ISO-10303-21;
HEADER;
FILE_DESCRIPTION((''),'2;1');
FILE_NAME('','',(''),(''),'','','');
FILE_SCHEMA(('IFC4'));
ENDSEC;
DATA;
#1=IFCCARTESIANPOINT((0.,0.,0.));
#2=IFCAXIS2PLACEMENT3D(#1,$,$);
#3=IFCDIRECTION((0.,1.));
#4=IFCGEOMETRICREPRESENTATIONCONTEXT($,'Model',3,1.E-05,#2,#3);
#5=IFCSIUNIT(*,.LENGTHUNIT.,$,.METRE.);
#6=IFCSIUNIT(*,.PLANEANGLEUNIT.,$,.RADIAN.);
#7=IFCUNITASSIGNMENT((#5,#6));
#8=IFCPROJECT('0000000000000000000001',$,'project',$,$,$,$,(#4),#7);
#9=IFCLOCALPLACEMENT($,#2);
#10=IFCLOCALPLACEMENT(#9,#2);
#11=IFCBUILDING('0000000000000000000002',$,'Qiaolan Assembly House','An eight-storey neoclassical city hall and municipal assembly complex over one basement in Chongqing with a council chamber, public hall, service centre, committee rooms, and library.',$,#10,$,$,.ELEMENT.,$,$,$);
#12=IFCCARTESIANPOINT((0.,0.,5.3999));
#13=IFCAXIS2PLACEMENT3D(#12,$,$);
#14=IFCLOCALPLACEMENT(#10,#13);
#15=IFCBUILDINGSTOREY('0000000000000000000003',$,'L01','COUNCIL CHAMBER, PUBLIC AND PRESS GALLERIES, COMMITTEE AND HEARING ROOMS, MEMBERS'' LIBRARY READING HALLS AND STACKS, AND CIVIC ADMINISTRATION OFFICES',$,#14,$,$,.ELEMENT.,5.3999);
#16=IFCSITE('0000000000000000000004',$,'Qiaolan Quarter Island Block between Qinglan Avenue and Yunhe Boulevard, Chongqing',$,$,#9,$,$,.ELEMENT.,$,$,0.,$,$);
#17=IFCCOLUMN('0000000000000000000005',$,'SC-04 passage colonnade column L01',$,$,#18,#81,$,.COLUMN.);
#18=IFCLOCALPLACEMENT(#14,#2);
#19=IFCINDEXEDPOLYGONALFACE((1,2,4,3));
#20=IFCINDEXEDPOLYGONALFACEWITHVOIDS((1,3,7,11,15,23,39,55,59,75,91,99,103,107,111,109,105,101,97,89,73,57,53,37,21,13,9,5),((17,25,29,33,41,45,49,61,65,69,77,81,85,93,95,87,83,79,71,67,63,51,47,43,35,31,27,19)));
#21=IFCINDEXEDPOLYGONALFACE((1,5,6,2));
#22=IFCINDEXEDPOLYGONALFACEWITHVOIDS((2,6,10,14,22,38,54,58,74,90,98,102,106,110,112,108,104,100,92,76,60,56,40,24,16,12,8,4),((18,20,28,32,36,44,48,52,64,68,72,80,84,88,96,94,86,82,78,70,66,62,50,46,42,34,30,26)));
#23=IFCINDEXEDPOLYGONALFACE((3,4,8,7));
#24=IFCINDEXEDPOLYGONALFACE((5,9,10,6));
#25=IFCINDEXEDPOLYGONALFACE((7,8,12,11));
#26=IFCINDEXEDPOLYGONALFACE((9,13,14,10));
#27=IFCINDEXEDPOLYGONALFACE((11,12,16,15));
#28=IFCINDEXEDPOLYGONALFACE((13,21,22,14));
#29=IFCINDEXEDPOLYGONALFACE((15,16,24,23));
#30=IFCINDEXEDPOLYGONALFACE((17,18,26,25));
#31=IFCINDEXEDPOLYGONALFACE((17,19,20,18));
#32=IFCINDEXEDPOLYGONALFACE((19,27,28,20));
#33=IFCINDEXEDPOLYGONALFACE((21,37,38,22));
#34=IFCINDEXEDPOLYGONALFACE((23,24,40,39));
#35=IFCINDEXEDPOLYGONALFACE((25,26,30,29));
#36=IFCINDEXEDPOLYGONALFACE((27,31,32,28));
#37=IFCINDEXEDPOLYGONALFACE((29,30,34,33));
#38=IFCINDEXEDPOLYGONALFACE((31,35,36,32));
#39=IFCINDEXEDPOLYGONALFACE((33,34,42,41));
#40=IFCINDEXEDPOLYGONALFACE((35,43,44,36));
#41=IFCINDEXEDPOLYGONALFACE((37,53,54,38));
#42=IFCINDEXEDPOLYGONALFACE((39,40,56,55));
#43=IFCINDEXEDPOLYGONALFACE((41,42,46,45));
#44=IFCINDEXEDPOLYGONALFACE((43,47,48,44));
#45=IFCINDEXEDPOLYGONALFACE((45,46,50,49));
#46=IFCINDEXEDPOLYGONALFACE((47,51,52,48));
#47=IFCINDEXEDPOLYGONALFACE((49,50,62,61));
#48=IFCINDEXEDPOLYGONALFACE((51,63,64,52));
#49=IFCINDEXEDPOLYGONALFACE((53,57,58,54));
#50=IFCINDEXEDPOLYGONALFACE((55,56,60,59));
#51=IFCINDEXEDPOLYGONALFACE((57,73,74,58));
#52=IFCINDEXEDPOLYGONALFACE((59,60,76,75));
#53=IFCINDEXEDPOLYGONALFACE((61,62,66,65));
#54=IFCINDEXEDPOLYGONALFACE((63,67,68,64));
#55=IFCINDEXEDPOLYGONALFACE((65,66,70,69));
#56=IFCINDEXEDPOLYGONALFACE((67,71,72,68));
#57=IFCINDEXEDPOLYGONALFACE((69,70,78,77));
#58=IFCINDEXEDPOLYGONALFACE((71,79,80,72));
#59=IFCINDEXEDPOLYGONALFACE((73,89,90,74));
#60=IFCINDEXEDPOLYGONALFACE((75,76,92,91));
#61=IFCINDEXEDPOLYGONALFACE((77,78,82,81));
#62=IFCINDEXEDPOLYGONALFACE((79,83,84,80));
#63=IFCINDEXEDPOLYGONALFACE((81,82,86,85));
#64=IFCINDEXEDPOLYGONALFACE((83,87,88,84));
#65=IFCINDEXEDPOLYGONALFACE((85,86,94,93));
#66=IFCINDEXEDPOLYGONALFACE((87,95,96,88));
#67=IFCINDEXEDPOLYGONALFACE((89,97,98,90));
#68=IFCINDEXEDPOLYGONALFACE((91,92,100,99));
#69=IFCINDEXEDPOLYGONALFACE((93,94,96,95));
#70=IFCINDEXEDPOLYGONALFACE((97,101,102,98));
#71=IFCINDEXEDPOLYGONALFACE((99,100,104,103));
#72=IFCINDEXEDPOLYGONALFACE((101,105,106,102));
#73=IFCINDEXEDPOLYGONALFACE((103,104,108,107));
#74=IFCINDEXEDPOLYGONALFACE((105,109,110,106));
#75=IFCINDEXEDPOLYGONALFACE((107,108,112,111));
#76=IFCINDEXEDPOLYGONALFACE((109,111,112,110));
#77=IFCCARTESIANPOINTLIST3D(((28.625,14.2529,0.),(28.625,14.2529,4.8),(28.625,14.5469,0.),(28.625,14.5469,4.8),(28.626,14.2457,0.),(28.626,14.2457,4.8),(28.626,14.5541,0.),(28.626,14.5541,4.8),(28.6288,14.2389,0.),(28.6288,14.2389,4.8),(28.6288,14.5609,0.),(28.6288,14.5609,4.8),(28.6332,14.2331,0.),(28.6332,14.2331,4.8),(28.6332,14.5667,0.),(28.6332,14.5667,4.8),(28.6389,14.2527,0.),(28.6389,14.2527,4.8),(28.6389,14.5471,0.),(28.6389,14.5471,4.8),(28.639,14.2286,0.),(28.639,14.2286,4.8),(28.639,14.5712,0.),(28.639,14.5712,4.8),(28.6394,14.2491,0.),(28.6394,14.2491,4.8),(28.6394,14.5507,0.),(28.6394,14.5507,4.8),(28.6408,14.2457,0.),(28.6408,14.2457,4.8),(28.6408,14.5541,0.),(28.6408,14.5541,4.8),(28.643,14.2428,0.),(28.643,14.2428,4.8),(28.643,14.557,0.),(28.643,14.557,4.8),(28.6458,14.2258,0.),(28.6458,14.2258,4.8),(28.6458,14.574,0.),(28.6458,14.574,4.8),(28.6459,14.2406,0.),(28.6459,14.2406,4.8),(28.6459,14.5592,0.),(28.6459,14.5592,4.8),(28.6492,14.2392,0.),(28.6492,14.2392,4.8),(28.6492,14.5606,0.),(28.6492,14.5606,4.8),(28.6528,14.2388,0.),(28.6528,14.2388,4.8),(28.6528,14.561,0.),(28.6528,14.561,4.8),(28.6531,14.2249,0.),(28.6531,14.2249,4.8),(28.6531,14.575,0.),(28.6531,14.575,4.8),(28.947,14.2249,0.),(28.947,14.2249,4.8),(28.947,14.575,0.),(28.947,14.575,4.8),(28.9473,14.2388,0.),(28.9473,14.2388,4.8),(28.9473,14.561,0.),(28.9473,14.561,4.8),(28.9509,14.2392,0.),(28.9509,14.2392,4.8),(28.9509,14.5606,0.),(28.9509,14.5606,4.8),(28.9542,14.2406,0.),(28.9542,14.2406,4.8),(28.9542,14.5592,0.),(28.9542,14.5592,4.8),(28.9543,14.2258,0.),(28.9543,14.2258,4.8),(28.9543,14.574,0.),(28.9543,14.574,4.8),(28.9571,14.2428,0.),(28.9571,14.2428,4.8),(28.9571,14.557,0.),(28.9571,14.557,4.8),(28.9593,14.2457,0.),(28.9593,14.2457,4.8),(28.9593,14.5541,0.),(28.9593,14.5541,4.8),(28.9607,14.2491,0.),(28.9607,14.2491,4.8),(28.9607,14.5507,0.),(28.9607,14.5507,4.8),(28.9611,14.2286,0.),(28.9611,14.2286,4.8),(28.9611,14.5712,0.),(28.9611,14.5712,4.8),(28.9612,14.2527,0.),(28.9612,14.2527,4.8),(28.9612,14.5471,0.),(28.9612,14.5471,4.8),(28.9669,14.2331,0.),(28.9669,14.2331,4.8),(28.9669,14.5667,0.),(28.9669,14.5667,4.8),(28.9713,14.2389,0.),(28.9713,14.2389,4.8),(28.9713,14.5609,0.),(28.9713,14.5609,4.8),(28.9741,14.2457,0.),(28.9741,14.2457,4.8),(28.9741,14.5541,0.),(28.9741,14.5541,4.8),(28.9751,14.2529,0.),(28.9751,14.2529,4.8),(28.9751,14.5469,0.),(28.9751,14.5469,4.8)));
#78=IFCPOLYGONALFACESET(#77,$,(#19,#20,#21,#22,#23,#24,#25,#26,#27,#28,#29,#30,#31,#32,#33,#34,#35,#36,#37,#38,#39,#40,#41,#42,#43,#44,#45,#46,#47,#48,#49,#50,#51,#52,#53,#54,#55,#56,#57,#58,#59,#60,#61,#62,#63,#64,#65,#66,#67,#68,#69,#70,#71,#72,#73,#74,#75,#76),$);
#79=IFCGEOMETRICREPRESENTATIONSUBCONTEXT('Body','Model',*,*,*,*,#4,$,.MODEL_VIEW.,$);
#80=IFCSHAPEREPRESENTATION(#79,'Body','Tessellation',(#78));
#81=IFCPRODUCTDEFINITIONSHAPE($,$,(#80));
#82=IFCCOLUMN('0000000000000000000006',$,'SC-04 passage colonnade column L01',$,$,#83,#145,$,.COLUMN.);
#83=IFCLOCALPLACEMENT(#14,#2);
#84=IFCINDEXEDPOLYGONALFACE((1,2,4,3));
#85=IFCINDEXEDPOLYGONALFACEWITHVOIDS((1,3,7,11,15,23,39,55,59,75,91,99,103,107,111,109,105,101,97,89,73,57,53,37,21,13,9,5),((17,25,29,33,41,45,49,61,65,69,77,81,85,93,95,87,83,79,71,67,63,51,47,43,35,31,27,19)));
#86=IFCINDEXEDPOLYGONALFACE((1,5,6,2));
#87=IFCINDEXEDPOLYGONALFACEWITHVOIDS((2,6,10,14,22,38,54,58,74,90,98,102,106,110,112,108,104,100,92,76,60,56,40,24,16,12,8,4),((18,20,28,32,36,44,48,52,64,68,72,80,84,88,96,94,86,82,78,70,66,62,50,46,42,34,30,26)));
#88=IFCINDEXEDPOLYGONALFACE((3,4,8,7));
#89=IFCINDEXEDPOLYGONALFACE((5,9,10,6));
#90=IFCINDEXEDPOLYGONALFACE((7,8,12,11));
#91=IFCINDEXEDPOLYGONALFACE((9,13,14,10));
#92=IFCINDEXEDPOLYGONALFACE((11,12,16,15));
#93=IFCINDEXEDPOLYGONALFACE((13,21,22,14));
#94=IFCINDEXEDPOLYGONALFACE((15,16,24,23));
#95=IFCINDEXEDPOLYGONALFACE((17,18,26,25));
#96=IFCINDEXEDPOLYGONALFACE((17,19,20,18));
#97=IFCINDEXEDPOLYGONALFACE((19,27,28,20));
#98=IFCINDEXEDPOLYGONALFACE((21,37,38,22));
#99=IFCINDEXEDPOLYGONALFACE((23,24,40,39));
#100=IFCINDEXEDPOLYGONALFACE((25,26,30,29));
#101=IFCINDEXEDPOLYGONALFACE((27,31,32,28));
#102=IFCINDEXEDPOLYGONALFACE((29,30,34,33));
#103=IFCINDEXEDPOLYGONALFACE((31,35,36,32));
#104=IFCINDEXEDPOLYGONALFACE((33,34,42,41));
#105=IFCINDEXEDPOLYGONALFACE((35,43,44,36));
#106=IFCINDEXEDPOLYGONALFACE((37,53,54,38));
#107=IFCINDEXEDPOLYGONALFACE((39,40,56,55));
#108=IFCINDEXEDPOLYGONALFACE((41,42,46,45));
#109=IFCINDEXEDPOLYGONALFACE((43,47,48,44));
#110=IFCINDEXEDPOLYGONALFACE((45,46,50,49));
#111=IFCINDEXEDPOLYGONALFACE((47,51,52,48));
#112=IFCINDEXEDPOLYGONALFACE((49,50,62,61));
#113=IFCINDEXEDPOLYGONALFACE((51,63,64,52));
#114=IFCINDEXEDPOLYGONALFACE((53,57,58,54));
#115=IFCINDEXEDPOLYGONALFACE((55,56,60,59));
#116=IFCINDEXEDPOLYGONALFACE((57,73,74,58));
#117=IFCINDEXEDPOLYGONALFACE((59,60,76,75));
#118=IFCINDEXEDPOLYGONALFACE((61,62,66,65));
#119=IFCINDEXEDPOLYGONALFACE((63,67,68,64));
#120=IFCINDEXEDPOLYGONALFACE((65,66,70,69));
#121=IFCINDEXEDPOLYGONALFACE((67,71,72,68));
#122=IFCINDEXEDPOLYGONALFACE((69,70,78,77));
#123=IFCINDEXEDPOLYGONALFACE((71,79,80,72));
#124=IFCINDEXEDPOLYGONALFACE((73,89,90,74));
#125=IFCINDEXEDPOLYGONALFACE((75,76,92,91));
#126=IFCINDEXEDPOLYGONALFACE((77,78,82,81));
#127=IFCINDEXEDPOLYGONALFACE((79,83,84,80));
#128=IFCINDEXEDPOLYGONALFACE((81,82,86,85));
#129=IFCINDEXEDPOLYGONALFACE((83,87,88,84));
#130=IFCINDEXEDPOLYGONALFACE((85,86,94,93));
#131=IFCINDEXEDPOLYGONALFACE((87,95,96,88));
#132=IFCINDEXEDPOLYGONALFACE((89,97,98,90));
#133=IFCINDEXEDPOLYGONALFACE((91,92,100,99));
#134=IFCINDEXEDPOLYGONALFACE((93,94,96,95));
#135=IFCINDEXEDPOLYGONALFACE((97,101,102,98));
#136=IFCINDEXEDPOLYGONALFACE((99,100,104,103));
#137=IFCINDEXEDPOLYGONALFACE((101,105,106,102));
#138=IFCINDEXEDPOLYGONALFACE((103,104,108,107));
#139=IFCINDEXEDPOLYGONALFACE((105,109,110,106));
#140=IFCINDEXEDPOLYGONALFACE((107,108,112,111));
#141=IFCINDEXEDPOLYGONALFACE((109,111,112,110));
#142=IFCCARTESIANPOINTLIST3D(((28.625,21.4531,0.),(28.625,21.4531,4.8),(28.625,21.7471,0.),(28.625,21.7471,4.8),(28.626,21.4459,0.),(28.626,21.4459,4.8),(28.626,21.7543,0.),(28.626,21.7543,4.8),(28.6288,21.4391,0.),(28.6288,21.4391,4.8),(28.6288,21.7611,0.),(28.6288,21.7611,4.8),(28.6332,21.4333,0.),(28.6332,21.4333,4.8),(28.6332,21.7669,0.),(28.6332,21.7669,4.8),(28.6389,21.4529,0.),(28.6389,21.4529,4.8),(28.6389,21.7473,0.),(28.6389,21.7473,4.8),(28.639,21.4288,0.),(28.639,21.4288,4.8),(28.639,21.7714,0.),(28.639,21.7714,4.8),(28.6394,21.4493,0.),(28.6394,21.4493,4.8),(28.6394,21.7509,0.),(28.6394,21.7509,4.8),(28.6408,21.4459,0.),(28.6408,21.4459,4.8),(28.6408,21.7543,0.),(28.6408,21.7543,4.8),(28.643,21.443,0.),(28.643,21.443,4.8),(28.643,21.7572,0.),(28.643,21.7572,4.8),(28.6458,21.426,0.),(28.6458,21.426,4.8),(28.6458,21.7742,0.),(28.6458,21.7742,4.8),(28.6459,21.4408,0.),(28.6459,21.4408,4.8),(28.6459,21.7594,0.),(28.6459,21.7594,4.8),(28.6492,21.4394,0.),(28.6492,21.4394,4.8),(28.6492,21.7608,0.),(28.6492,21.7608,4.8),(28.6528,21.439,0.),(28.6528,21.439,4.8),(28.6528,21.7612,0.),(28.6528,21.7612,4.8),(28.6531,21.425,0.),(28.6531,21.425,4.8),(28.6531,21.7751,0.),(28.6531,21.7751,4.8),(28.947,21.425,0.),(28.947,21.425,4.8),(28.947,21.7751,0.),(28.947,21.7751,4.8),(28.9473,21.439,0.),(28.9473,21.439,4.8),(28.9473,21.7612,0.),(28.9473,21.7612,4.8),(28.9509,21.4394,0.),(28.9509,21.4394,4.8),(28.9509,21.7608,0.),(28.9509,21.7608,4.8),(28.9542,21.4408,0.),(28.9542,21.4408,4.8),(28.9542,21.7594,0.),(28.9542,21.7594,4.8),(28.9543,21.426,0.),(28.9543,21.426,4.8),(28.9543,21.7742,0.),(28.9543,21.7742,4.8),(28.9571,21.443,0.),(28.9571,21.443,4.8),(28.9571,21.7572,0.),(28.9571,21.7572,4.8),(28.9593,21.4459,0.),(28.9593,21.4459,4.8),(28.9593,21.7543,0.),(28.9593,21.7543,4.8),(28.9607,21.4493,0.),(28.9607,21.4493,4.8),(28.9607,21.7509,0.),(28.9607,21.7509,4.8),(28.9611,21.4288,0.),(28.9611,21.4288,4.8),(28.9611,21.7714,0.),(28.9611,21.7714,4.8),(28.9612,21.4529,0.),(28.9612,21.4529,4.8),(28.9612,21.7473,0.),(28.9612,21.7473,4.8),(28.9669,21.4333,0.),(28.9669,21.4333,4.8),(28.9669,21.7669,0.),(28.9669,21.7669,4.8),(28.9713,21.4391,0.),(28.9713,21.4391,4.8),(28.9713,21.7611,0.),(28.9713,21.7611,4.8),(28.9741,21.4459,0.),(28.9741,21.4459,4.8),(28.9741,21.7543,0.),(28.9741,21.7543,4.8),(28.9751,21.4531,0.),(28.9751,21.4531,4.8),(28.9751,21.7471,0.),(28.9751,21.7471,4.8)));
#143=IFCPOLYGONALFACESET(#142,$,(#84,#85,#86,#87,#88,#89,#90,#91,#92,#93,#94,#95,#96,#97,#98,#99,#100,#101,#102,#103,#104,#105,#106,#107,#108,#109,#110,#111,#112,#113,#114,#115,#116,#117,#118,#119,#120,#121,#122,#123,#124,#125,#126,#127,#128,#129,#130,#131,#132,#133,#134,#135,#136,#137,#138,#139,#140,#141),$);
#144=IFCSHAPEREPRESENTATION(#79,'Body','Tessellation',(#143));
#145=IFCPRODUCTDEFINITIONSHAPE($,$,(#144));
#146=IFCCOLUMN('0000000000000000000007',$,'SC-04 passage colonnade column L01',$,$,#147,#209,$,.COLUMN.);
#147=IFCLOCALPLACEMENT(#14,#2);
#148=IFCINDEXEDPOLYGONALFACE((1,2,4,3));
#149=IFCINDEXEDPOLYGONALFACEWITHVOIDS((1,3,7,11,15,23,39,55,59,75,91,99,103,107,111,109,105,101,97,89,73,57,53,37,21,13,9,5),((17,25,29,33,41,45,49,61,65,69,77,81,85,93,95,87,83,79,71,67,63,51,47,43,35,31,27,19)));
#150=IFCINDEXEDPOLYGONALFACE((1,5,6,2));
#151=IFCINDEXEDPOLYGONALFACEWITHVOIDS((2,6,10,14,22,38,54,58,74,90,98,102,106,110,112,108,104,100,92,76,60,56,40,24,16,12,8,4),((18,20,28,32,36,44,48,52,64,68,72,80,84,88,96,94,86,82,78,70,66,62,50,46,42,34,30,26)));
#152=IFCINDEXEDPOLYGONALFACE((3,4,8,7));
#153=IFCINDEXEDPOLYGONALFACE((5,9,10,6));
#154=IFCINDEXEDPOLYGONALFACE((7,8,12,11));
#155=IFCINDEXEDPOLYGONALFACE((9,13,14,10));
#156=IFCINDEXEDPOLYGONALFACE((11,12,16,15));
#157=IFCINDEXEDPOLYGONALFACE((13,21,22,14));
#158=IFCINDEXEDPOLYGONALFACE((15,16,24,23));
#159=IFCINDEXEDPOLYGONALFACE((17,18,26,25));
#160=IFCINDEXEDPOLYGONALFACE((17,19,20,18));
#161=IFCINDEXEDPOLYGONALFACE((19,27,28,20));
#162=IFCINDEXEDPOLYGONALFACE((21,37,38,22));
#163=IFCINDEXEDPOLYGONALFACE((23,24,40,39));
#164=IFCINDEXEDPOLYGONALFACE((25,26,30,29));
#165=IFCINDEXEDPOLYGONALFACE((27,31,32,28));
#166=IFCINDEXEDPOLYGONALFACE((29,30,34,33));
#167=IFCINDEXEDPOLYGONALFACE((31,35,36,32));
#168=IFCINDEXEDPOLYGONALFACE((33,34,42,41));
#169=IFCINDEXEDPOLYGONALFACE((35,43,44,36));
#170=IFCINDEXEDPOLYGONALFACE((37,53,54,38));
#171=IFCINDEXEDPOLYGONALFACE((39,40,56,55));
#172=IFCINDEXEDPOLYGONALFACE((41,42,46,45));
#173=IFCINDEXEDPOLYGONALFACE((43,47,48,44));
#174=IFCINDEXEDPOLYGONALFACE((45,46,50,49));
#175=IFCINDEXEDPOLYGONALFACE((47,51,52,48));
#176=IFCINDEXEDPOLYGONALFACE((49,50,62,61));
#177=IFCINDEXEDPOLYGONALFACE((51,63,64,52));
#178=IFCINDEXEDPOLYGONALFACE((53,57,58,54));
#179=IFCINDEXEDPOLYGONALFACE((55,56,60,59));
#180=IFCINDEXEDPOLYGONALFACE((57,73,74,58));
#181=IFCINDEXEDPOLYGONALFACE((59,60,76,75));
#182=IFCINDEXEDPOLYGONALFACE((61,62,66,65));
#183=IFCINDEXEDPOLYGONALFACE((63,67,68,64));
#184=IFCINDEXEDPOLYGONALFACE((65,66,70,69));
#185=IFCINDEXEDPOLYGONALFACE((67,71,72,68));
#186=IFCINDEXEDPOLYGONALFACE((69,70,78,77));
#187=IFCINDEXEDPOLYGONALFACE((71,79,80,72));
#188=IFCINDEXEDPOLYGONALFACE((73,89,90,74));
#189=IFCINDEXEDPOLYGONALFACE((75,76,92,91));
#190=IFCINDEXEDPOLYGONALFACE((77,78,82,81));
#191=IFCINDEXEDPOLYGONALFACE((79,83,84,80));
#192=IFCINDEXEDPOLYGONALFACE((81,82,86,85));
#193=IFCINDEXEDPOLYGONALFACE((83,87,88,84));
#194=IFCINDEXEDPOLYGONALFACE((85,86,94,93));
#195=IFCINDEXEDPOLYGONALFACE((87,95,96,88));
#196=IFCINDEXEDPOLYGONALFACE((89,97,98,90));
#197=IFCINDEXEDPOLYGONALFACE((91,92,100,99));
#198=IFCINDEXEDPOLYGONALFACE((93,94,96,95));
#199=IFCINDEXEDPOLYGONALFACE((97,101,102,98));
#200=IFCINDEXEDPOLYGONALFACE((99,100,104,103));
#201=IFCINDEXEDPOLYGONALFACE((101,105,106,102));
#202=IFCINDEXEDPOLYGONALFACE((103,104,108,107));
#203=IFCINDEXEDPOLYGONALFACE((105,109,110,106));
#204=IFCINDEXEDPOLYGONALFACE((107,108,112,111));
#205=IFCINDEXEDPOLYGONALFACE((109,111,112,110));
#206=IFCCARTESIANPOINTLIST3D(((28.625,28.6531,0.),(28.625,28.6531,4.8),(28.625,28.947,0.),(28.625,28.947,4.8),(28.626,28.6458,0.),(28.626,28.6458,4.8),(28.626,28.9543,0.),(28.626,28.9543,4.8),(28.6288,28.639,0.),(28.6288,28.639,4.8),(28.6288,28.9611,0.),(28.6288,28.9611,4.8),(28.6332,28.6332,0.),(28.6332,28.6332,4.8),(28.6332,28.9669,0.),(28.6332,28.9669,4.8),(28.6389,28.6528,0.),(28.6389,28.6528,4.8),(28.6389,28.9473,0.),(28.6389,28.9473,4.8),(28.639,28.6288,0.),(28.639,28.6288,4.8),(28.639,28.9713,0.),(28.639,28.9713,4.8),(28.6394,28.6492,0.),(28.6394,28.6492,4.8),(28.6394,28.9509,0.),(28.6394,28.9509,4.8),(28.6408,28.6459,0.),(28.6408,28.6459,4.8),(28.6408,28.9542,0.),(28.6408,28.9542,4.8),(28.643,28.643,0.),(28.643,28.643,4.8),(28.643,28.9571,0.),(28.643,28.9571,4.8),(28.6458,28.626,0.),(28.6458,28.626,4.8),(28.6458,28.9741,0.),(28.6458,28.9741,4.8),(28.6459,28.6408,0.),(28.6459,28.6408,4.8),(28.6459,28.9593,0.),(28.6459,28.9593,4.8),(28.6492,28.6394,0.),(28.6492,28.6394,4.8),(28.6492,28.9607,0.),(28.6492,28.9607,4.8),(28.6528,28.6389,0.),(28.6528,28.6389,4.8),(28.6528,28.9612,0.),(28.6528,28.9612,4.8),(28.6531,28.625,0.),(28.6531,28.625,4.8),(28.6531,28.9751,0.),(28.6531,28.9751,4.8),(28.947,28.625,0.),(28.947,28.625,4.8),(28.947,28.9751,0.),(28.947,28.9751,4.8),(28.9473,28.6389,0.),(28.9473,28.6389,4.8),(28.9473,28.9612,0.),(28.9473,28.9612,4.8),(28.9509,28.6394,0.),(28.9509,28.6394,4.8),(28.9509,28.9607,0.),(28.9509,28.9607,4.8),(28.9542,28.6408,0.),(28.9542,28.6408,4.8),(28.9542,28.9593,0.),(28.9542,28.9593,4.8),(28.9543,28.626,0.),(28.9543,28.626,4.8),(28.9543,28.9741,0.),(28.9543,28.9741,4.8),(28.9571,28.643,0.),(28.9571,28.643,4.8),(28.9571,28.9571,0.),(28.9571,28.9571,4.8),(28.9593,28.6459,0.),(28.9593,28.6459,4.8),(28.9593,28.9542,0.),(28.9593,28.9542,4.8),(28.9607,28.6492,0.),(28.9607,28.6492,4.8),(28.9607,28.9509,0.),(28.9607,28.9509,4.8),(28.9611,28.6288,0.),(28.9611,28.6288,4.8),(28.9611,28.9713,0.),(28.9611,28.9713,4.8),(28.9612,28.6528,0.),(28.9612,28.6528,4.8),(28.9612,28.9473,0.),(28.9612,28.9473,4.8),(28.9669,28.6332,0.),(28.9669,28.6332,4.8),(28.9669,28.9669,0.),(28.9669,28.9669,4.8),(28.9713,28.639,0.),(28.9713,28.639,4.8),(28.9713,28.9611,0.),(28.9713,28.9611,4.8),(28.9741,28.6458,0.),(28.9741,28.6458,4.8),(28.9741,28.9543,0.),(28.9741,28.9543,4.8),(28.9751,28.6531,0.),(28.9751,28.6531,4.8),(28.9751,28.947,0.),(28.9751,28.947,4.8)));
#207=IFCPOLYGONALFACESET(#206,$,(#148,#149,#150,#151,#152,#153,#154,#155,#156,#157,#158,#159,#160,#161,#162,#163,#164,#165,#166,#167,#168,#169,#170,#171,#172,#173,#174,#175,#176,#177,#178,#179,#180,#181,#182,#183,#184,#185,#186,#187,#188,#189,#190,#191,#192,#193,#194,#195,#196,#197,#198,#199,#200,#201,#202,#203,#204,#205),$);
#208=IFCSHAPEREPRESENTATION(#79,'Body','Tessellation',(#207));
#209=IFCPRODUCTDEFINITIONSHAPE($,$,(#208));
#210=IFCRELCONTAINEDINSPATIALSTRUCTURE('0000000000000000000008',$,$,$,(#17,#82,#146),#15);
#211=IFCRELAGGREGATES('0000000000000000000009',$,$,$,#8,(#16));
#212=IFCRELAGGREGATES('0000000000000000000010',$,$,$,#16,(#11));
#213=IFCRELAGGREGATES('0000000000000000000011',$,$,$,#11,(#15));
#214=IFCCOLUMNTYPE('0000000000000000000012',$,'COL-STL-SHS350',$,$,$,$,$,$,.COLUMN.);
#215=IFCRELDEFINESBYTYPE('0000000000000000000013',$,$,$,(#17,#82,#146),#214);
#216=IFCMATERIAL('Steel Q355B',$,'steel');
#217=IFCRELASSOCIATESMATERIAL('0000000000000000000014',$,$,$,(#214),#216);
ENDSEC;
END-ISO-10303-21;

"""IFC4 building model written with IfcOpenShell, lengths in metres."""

from ifc_helpers import new_model, si_unit, direction, frame, origin, origin_2d, place, context, subcontext, project, spatial, hollow_rectangle, extrude, material, material_profile, profile_set, type_object, element, save


model = new_model("IFC4")

# Units and contexts
model_context = context("Model", 3, precision=1e-05, world=origin(), true_north=direction((0.0, 1.0)))
body_context = subcontext(model_context, "Body", "Model", "MODEL_VIEW")
ifc_project = project(units=[si_unit("LENGTHUNIT", "METRE"), si_unit("PLANEANGLEUNIT", "RADIAN")], contexts=[model_context])

# Site, building, storey
site_placement = place(None, origin())
site = spatial("IfcSite", under=ifc_project, at=site_placement, Name="Qiaolan Quarter Island Block between Qinglan Avenue and Yunhe Boulevard, Chongqing", CompositionType="ELEMENT", RefElevation=0.0)
building_placement = place(site_placement, origin())
building = spatial("IfcBuilding", under=site, at=building_placement, Name="Qiaolan Assembly House", Description="An eight-storey neoclassical city hall and municipal assembly complex over one basement in Chongqing with a council chamber, public hall, service centre, committee rooms, and library.", CompositionType="ELEMENT")
storey_placement = place(building_placement, frame((0.0, 0.0, 5.3999)))
storey = spatial("IfcBuildingStorey", under=building, at=storey_placement, Name="L01", Description="COUNCIL CHAMBER, PUBLIC AND PRESS GALLERIES, COMMITTEE AND HEARING ROOMS, MEMBERS' LIBRARY READING HALLS AND STACKS, AND CIVIC ADMINISTRATION OFFICES", CompositionType="ELEMENT", Elevation=5.3999)

# Columns
ifc_material_1 = material(Name="Steel Q355B", Category="steel")
ifc_material_profile_1 = material_profile(ifc_material_1, hollow_rectangle(XDim=0.3501, YDim=0.3501, WallThickness=0.0139, InnerFilletRadius=0.0139, OuterFilletRadius=0.0281, at=origin_2d()), Name="SHS 350x350x14")
ifc_profile_set_1 = profile_set([ifc_material_profile_1], Name="Steel Q355B")
column_type_1 = type_object("IfcColumnType", Name="COL-STL-SHS350", PredefinedType="COLUMN", material=ifc_profile_set_1)
for number, where, z_axis, x_axis, name in (
    (1, (28.8, 14.3999, 0.0), (0.0, 0.0, 1.0), (1.0, 0.0, 0.0), "SC-04 passage colonnade column L01"),
    (2, (28.8, 21.6001, 0.0), (0.0, 0.0, 1.0), (1.0, 0.0, 0.0), "SC-04 passage colonnade column L01"),
    (3, (28.8, 28.8, 0.0), (0.0, 0.0, 1.0), (1.0, 0.0, 0.0), "SC-04 passage colonnade column L01"),
):
    element("IfcColumn", number, at=place(storey_placement, frame(where, z_axis=z_axis, x_axis=x_axis)), inside=storey, type_object=column_type_1, Name=name, PredefinedType="COLUMN", context=body_context, shape_type="SweptSolid", body=[
        extrude(hollow_rectangle(XDim=0.3501, YDim=0.3501, WallThickness=0.0139, InnerFilletRadius=0.0139, OuterFilletRadius=0.0281, at=origin_2d()), origin(), (0.0, 0.0, 1.0), 4.8),
    ])

save(model, "model.ifc")
